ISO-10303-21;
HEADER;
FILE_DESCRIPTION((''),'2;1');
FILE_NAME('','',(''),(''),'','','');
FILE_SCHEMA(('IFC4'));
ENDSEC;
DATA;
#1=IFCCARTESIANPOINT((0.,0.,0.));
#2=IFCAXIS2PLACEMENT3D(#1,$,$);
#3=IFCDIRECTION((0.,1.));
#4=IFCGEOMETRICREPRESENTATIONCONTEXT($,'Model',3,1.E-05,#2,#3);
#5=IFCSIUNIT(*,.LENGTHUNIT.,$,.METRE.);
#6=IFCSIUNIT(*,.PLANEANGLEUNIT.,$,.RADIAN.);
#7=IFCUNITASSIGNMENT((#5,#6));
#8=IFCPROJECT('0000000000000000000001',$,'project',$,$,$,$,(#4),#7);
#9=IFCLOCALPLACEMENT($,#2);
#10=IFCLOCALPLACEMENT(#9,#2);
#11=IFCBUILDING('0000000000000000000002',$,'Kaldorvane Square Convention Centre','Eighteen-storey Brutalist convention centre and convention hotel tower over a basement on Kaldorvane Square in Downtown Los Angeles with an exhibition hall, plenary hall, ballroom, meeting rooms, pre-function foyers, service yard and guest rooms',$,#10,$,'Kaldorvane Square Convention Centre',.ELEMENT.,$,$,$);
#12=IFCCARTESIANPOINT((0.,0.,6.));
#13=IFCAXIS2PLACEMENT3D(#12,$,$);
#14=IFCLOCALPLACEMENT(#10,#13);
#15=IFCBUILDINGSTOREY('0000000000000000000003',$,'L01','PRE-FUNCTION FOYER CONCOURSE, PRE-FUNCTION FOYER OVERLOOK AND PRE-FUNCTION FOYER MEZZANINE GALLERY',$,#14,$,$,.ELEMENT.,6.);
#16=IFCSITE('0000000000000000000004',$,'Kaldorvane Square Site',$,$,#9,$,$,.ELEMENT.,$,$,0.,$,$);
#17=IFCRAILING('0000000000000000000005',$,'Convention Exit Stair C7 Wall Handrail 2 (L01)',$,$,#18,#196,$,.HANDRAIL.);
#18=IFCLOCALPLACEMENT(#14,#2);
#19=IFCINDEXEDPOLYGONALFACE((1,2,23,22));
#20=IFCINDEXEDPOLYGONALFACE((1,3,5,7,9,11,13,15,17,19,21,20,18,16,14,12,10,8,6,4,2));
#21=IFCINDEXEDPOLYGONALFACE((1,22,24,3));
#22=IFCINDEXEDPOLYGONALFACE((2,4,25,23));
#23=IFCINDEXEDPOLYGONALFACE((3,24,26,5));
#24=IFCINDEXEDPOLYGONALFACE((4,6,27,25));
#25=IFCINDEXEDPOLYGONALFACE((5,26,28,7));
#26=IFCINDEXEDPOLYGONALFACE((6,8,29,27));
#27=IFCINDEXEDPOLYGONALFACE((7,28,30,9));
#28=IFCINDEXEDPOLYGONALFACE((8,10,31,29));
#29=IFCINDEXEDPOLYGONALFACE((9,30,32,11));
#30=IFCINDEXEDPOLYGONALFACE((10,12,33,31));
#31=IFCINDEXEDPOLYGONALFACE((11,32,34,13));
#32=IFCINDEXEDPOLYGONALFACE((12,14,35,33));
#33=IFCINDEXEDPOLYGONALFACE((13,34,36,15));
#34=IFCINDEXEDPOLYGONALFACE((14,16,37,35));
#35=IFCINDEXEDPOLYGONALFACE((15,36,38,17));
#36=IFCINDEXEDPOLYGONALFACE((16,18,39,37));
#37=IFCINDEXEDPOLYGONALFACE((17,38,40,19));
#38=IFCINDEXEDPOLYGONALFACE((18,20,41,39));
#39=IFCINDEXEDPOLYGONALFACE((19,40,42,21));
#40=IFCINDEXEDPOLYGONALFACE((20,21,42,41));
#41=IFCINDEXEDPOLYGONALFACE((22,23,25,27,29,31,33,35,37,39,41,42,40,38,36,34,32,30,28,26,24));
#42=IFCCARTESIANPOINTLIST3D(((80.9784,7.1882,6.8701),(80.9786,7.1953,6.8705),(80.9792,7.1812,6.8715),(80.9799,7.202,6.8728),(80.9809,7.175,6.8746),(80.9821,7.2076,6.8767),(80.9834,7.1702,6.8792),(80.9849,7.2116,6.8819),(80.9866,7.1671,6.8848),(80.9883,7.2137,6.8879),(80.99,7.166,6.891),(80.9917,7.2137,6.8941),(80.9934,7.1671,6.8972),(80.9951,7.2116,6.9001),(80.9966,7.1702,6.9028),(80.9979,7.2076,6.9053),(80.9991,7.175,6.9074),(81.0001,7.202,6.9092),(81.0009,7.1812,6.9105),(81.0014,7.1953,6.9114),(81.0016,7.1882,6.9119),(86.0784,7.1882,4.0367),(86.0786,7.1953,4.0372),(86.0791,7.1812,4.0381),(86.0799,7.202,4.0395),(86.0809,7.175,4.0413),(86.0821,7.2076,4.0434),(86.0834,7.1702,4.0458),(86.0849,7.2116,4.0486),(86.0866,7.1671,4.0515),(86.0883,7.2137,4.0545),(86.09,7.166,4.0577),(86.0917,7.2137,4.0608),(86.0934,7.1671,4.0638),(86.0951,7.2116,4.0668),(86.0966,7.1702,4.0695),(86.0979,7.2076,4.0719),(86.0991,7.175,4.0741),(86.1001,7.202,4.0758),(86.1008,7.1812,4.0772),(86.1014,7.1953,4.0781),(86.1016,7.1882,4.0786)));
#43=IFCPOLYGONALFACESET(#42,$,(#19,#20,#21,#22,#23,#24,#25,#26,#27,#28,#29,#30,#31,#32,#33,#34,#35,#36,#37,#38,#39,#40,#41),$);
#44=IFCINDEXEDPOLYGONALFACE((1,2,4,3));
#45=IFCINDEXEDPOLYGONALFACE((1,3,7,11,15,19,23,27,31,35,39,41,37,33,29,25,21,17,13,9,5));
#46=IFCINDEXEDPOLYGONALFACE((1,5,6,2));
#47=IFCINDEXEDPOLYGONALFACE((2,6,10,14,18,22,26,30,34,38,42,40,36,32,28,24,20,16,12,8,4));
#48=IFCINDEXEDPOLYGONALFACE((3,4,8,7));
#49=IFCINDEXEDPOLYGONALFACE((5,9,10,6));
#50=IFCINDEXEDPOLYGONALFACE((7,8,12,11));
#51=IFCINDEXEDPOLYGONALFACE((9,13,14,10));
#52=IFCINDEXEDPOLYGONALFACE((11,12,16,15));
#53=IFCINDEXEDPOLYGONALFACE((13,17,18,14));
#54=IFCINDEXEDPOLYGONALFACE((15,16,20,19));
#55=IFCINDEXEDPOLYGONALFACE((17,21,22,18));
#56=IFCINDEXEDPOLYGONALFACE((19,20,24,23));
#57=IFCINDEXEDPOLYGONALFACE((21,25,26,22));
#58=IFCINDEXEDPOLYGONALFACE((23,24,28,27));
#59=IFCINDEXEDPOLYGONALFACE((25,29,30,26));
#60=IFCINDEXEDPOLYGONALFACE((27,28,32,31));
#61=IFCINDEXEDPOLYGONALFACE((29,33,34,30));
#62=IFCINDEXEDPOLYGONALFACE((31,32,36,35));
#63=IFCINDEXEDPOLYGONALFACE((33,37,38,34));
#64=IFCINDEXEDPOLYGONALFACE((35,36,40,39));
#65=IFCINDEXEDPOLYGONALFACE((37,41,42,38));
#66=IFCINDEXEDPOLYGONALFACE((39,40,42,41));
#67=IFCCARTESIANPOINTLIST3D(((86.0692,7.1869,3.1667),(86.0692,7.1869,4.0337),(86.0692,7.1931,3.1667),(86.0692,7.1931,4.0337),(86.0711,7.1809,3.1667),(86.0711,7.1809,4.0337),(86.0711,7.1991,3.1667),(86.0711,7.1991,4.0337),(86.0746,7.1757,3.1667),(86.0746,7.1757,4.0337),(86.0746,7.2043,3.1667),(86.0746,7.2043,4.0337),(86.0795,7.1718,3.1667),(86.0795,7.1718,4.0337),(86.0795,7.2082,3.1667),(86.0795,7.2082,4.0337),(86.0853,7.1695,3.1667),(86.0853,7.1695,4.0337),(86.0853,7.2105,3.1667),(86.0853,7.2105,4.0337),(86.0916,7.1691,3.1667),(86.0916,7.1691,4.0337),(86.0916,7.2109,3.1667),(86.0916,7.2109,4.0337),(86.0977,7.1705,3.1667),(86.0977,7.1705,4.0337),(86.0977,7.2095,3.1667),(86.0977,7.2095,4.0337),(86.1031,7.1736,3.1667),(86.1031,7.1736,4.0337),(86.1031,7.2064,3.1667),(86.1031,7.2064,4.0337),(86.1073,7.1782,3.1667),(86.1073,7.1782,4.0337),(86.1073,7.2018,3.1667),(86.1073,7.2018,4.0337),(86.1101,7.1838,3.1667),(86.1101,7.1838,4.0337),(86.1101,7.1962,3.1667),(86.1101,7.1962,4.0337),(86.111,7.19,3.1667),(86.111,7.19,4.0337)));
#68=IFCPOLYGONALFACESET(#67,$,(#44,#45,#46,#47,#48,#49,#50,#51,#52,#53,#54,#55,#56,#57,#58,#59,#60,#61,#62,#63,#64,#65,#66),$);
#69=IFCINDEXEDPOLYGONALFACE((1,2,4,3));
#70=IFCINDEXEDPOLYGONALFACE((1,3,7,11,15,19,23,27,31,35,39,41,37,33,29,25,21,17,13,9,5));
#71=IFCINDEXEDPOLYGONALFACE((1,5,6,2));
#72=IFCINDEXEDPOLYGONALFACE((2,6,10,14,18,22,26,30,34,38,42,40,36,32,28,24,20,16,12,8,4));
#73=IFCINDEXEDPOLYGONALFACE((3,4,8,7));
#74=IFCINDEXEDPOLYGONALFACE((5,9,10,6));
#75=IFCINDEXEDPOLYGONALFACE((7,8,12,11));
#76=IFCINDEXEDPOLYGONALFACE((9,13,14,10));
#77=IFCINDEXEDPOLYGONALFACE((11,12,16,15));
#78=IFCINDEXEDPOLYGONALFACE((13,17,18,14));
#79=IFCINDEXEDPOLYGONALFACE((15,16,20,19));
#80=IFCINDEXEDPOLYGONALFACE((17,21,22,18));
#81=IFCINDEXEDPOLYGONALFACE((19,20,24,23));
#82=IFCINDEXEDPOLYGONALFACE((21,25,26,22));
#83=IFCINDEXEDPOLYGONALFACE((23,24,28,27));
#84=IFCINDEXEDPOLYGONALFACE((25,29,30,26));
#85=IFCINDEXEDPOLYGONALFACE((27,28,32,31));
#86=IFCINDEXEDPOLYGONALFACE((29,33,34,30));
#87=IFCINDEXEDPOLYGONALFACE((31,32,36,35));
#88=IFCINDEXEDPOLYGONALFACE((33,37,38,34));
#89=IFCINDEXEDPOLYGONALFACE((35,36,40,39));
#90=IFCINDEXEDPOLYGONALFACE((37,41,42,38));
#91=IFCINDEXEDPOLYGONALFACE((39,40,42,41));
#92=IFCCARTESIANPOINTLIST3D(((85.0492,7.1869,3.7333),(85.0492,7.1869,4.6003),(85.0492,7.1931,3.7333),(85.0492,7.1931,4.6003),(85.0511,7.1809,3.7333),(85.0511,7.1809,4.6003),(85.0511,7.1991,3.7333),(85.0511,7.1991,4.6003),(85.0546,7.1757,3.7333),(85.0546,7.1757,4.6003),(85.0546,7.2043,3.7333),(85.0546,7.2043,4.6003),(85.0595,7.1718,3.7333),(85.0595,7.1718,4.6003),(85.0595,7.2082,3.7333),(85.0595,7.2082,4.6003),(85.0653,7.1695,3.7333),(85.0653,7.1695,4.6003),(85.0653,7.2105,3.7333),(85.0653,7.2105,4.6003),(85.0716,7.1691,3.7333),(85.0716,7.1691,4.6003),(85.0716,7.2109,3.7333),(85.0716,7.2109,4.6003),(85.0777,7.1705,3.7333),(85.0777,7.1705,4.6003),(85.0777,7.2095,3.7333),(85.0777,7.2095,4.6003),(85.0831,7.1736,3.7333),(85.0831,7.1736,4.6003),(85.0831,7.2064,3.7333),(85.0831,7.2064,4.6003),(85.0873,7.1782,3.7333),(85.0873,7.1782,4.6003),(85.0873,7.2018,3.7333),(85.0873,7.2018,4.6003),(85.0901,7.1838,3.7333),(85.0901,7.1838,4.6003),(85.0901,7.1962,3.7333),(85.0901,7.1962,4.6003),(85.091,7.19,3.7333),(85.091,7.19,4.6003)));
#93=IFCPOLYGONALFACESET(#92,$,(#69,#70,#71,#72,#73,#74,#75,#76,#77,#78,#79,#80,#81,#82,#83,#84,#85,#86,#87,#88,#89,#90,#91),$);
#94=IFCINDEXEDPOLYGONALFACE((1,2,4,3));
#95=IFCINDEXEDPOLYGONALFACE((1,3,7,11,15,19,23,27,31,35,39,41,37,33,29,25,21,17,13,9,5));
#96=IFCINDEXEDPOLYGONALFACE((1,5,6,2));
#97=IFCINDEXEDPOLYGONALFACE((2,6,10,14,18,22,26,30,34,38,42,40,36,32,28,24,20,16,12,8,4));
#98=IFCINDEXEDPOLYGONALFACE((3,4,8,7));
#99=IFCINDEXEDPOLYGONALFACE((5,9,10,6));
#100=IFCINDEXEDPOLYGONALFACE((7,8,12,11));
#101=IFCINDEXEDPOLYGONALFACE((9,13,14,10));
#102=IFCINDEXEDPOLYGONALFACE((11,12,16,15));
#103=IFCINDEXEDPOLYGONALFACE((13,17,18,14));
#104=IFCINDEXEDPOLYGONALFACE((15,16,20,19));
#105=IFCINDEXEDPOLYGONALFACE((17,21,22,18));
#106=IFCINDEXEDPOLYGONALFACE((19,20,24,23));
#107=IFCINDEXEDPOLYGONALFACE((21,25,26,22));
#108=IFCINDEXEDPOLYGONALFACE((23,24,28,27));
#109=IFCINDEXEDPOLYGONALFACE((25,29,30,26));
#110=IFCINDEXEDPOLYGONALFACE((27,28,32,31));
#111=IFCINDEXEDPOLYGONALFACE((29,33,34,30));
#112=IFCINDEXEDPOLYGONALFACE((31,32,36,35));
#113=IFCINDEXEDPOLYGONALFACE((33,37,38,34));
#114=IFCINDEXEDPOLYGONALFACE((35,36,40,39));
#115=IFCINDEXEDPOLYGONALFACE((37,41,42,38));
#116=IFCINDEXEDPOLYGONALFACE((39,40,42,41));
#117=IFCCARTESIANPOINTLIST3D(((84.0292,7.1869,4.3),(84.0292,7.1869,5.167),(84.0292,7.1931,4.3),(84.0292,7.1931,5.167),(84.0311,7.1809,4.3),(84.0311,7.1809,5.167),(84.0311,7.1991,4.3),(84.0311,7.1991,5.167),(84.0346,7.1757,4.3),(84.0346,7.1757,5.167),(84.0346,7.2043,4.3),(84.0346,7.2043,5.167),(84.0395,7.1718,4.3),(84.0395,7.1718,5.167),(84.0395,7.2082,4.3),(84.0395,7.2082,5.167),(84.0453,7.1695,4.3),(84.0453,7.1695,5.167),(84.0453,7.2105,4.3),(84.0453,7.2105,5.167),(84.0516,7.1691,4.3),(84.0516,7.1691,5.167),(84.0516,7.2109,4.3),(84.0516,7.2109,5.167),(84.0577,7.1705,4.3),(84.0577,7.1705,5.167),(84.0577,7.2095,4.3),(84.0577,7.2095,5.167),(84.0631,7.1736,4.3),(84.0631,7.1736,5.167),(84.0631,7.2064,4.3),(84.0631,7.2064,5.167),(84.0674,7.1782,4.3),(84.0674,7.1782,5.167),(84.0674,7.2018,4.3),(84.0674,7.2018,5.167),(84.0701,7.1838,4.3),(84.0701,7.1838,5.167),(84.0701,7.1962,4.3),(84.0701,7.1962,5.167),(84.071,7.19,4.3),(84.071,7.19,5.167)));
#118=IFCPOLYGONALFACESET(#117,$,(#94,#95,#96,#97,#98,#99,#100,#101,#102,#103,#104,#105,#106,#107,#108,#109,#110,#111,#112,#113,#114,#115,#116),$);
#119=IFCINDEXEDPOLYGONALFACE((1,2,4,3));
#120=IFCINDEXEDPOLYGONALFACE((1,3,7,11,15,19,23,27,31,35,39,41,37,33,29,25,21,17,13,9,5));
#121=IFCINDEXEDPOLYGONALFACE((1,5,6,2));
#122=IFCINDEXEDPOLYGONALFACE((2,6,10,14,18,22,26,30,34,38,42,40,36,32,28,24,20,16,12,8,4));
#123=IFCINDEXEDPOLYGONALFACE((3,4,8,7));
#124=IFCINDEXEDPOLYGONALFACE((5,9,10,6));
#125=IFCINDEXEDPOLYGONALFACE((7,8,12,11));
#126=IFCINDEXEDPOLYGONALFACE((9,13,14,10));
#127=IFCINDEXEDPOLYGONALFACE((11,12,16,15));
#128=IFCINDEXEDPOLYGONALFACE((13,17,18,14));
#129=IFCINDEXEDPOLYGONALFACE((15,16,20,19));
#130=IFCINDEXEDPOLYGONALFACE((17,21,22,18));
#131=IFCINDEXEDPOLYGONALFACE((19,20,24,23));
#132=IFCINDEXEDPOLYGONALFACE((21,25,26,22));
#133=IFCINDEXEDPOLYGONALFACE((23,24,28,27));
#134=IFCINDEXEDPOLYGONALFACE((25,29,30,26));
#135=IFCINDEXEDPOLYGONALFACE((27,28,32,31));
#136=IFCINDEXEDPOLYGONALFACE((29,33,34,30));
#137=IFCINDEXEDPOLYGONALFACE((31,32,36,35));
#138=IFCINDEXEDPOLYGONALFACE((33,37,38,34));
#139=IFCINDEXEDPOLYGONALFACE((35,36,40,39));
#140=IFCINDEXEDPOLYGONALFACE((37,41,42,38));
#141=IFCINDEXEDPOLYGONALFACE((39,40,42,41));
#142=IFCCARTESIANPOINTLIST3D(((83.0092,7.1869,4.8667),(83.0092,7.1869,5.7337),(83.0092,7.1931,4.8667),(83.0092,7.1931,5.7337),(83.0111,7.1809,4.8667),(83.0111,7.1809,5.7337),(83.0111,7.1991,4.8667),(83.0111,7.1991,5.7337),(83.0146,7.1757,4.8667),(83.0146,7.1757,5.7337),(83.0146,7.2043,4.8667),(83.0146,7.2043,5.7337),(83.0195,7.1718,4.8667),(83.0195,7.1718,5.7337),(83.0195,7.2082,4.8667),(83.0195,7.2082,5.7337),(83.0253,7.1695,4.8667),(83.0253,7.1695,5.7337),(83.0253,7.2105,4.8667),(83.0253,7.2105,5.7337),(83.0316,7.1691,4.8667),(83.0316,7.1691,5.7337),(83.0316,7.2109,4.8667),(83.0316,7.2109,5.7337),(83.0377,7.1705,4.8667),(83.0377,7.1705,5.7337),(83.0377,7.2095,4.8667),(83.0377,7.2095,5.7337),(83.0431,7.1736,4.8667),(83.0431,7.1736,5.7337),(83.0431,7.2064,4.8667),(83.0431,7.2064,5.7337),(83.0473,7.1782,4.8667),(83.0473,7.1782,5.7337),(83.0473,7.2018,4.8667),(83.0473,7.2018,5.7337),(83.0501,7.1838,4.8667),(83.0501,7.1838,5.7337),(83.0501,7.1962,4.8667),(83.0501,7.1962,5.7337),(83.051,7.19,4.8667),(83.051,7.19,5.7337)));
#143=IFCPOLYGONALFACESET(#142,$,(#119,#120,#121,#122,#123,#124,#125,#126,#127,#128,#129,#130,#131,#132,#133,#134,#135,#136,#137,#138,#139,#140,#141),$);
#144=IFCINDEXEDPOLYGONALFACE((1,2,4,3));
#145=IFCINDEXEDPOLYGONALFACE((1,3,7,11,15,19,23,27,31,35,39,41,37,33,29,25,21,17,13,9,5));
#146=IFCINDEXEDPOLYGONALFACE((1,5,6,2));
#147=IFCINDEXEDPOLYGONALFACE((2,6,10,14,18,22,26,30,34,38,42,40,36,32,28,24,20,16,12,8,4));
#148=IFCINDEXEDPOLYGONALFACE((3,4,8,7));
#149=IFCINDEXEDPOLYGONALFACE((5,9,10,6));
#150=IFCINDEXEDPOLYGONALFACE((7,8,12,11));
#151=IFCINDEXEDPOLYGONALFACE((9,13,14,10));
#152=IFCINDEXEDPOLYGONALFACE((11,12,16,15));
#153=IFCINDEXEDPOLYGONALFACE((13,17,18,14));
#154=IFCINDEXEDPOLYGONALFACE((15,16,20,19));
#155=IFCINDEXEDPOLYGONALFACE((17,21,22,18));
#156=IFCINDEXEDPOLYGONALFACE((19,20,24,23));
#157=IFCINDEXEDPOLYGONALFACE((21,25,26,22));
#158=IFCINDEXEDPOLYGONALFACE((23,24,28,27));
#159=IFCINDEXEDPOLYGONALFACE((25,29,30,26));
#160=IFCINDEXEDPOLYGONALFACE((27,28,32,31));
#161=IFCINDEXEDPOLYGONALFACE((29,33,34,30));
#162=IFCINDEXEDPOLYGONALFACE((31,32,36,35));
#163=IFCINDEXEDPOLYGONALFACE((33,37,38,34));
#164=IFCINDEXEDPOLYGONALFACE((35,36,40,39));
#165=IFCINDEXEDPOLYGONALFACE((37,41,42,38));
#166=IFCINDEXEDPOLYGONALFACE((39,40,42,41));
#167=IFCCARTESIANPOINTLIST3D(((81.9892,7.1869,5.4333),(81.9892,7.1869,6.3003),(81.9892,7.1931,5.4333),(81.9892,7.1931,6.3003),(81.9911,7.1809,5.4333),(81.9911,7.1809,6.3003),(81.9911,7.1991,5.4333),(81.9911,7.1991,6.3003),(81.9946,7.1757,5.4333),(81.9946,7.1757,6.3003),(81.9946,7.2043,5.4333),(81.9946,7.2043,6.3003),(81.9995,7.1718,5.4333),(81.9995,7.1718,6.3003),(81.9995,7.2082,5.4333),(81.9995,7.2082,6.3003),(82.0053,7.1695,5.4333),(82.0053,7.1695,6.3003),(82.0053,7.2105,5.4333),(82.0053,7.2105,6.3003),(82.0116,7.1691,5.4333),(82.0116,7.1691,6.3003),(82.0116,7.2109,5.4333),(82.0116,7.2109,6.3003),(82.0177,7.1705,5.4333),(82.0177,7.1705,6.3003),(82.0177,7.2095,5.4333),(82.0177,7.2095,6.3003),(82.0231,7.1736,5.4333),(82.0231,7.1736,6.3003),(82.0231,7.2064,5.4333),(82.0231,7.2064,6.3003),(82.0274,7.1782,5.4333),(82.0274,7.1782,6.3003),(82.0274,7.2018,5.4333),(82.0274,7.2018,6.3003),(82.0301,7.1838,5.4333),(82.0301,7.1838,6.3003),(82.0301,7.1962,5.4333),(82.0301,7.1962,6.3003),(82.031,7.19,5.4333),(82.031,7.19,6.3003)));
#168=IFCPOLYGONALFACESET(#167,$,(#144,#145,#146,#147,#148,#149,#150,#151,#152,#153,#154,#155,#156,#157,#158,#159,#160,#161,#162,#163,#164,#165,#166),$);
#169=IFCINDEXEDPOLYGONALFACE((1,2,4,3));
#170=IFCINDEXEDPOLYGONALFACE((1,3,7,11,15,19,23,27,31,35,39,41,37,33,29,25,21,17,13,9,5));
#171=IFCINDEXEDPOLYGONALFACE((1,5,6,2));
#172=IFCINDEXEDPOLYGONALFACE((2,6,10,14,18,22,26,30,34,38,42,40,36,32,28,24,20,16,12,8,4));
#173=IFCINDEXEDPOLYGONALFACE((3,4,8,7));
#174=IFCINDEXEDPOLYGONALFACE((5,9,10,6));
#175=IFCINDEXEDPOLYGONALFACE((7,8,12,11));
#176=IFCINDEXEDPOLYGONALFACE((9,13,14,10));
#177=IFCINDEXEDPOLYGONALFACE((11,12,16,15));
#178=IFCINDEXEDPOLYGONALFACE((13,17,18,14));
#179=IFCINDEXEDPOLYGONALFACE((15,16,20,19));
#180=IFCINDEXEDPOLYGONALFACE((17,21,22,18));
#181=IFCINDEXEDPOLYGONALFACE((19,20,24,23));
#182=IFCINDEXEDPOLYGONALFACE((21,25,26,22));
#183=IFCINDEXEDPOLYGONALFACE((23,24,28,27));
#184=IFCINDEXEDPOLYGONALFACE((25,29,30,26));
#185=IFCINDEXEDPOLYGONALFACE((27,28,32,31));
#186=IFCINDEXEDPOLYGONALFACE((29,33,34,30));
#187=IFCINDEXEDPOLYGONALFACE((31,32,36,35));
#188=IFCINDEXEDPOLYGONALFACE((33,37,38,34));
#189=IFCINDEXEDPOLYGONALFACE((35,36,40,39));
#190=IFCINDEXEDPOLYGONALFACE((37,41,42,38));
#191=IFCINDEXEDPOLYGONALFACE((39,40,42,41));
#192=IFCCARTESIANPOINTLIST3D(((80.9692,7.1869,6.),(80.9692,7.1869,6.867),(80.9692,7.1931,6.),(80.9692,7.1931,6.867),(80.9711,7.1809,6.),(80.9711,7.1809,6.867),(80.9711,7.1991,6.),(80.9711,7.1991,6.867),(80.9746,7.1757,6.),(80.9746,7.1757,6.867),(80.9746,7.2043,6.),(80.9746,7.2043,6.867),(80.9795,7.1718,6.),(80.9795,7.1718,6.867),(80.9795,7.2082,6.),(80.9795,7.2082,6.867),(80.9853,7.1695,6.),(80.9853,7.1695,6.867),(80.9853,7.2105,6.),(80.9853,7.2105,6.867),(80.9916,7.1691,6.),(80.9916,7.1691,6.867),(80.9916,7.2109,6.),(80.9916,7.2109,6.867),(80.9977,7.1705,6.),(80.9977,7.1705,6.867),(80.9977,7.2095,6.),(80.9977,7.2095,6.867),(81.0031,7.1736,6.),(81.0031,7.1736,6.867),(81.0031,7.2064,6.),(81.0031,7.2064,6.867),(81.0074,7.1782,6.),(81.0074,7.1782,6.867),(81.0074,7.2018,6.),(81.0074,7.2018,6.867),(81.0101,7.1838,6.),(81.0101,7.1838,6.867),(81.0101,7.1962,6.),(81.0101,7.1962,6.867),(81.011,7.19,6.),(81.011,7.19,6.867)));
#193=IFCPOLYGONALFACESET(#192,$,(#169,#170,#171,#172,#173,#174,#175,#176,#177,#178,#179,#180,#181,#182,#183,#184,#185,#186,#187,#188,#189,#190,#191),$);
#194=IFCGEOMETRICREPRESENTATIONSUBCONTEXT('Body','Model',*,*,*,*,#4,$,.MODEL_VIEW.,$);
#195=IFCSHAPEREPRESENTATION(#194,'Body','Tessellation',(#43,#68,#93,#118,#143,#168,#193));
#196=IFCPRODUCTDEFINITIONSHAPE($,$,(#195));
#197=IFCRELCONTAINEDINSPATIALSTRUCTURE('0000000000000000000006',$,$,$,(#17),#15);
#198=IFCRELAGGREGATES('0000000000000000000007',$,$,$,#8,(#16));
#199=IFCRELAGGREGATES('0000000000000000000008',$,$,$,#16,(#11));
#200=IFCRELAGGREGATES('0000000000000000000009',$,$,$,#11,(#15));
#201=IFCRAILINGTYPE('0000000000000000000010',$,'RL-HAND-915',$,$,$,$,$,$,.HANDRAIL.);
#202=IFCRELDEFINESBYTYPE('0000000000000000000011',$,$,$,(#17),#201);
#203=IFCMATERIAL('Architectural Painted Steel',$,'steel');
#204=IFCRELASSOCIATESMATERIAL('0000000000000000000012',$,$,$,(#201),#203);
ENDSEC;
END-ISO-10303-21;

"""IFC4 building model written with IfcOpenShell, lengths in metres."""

from ifc_helpers import new_model, si_unit, direction, frame, origin, origin_2d, place, context, subcontext, project, spatial, circle, extrude, material, type_object, element, save


model = new_model("IFC4")

# Units and contexts
model_context = context("Model", 3, precision=1e-05, world=origin(), true_north=direction((0.0, 1.0)))
body_context = subcontext(model_context, "Body", "Model", "MODEL_VIEW")
ifc_project = project(units=[si_unit("LENGTHUNIT", "METRE"), si_unit("PLANEANGLEUNIT", "RADIAN")], contexts=[model_context])

# Site, building, storey
site_placement = place(None, origin())
site = spatial("IfcSite", under=ifc_project, at=site_placement, Name="Kaldorvane Square Site", CompositionType="ELEMENT", RefElevation=0.0)
building_placement = place(site_placement, origin())
building = spatial("IfcBuilding", under=site, at=building_placement, Name="Kaldorvane Square Convention Centre", Description="Eighteen-storey Brutalist convention centre and convention hotel tower over a basement on Kaldorvane Square in Downtown Los Angeles with an exhibition hall, plenary hall, ballroom, meeting rooms, pre-function foyers, service yard and guest rooms", LongName="Kaldorvane Square Convention Centre", CompositionType="ELEMENT")
storey_placement = place(building_placement, frame((0.0, 0.0, 6.0)))
storey = spatial("IfcBuildingStorey", under=building, at=storey_placement, Name="L01", Description="PRE-FUNCTION FOYER CONCOURSE, PRE-FUNCTION FOYER OVERLOOK AND PRE-FUNCTION FOYER MEZZANINE GALLERY", CompositionType="ELEMENT", Elevation=6.0)

# Railing
ifc_material_1 = material(Name="Architectural Painted Steel", Category="steel")
railing_type_1 = type_object("IfcRailingType", Name="RL-HAND-915", PredefinedType="HANDRAIL", material=ifc_material_1)
for number, where, name in (
    (1, (86.09, 7.19, 3.1667), "Convention Exit Stair C7 Wall Handrail 2 (L01)"),
):
    element("IfcRailing", number, at=place(storey_placement, frame(where)), inside=storey, type_object=railing_type_1, Name=name, PredefinedType="HANDRAIL", context=body_context, shape_type="SweptSolid", body=[
        extrude(circle(Radius=0.024, at=origin_2d()), frame((0.0, 0.0, 0.891), z_axis=(-0.874157, 0.0, 0.485643), x_axis=(0.0, -1.0, 0.0)), (0.0, 0.0, 1.0), 5.8342),
        extrude(circle(Radius=0.021, at=origin_2d()), origin(), (0.0, 0.0, 1.0), 0.867),
        extrude(circle(Radius=0.021, at=origin_2d()), frame((-1.02, 0.0, 0.5667)), (0.0, 0.0, 1.0), 0.867),
        extrude(circle(Radius=0.021, at=origin_2d()), frame((-2.04, 0.0, 1.1333)), (0.0, 0.0, 1.0), 0.867),
        extrude(circle(Radius=0.021, at=origin_2d()), frame((-3.06, 0.0, 1.7)), (0.0, 0.0, 1.0), 0.867),
        extrude(circle(Radius=0.021, at=origin_2d()), frame((-4.08, 0.0, 2.2667)), (0.0, 0.0, 1.0), 0.867),
        extrude(circle(Radius=0.021, at=origin_2d()), frame((-5.1, 0.0, 2.8333)), (0.0, 0.0, 1.0), 0.867),
    ])

save(model, "model.ifc")
